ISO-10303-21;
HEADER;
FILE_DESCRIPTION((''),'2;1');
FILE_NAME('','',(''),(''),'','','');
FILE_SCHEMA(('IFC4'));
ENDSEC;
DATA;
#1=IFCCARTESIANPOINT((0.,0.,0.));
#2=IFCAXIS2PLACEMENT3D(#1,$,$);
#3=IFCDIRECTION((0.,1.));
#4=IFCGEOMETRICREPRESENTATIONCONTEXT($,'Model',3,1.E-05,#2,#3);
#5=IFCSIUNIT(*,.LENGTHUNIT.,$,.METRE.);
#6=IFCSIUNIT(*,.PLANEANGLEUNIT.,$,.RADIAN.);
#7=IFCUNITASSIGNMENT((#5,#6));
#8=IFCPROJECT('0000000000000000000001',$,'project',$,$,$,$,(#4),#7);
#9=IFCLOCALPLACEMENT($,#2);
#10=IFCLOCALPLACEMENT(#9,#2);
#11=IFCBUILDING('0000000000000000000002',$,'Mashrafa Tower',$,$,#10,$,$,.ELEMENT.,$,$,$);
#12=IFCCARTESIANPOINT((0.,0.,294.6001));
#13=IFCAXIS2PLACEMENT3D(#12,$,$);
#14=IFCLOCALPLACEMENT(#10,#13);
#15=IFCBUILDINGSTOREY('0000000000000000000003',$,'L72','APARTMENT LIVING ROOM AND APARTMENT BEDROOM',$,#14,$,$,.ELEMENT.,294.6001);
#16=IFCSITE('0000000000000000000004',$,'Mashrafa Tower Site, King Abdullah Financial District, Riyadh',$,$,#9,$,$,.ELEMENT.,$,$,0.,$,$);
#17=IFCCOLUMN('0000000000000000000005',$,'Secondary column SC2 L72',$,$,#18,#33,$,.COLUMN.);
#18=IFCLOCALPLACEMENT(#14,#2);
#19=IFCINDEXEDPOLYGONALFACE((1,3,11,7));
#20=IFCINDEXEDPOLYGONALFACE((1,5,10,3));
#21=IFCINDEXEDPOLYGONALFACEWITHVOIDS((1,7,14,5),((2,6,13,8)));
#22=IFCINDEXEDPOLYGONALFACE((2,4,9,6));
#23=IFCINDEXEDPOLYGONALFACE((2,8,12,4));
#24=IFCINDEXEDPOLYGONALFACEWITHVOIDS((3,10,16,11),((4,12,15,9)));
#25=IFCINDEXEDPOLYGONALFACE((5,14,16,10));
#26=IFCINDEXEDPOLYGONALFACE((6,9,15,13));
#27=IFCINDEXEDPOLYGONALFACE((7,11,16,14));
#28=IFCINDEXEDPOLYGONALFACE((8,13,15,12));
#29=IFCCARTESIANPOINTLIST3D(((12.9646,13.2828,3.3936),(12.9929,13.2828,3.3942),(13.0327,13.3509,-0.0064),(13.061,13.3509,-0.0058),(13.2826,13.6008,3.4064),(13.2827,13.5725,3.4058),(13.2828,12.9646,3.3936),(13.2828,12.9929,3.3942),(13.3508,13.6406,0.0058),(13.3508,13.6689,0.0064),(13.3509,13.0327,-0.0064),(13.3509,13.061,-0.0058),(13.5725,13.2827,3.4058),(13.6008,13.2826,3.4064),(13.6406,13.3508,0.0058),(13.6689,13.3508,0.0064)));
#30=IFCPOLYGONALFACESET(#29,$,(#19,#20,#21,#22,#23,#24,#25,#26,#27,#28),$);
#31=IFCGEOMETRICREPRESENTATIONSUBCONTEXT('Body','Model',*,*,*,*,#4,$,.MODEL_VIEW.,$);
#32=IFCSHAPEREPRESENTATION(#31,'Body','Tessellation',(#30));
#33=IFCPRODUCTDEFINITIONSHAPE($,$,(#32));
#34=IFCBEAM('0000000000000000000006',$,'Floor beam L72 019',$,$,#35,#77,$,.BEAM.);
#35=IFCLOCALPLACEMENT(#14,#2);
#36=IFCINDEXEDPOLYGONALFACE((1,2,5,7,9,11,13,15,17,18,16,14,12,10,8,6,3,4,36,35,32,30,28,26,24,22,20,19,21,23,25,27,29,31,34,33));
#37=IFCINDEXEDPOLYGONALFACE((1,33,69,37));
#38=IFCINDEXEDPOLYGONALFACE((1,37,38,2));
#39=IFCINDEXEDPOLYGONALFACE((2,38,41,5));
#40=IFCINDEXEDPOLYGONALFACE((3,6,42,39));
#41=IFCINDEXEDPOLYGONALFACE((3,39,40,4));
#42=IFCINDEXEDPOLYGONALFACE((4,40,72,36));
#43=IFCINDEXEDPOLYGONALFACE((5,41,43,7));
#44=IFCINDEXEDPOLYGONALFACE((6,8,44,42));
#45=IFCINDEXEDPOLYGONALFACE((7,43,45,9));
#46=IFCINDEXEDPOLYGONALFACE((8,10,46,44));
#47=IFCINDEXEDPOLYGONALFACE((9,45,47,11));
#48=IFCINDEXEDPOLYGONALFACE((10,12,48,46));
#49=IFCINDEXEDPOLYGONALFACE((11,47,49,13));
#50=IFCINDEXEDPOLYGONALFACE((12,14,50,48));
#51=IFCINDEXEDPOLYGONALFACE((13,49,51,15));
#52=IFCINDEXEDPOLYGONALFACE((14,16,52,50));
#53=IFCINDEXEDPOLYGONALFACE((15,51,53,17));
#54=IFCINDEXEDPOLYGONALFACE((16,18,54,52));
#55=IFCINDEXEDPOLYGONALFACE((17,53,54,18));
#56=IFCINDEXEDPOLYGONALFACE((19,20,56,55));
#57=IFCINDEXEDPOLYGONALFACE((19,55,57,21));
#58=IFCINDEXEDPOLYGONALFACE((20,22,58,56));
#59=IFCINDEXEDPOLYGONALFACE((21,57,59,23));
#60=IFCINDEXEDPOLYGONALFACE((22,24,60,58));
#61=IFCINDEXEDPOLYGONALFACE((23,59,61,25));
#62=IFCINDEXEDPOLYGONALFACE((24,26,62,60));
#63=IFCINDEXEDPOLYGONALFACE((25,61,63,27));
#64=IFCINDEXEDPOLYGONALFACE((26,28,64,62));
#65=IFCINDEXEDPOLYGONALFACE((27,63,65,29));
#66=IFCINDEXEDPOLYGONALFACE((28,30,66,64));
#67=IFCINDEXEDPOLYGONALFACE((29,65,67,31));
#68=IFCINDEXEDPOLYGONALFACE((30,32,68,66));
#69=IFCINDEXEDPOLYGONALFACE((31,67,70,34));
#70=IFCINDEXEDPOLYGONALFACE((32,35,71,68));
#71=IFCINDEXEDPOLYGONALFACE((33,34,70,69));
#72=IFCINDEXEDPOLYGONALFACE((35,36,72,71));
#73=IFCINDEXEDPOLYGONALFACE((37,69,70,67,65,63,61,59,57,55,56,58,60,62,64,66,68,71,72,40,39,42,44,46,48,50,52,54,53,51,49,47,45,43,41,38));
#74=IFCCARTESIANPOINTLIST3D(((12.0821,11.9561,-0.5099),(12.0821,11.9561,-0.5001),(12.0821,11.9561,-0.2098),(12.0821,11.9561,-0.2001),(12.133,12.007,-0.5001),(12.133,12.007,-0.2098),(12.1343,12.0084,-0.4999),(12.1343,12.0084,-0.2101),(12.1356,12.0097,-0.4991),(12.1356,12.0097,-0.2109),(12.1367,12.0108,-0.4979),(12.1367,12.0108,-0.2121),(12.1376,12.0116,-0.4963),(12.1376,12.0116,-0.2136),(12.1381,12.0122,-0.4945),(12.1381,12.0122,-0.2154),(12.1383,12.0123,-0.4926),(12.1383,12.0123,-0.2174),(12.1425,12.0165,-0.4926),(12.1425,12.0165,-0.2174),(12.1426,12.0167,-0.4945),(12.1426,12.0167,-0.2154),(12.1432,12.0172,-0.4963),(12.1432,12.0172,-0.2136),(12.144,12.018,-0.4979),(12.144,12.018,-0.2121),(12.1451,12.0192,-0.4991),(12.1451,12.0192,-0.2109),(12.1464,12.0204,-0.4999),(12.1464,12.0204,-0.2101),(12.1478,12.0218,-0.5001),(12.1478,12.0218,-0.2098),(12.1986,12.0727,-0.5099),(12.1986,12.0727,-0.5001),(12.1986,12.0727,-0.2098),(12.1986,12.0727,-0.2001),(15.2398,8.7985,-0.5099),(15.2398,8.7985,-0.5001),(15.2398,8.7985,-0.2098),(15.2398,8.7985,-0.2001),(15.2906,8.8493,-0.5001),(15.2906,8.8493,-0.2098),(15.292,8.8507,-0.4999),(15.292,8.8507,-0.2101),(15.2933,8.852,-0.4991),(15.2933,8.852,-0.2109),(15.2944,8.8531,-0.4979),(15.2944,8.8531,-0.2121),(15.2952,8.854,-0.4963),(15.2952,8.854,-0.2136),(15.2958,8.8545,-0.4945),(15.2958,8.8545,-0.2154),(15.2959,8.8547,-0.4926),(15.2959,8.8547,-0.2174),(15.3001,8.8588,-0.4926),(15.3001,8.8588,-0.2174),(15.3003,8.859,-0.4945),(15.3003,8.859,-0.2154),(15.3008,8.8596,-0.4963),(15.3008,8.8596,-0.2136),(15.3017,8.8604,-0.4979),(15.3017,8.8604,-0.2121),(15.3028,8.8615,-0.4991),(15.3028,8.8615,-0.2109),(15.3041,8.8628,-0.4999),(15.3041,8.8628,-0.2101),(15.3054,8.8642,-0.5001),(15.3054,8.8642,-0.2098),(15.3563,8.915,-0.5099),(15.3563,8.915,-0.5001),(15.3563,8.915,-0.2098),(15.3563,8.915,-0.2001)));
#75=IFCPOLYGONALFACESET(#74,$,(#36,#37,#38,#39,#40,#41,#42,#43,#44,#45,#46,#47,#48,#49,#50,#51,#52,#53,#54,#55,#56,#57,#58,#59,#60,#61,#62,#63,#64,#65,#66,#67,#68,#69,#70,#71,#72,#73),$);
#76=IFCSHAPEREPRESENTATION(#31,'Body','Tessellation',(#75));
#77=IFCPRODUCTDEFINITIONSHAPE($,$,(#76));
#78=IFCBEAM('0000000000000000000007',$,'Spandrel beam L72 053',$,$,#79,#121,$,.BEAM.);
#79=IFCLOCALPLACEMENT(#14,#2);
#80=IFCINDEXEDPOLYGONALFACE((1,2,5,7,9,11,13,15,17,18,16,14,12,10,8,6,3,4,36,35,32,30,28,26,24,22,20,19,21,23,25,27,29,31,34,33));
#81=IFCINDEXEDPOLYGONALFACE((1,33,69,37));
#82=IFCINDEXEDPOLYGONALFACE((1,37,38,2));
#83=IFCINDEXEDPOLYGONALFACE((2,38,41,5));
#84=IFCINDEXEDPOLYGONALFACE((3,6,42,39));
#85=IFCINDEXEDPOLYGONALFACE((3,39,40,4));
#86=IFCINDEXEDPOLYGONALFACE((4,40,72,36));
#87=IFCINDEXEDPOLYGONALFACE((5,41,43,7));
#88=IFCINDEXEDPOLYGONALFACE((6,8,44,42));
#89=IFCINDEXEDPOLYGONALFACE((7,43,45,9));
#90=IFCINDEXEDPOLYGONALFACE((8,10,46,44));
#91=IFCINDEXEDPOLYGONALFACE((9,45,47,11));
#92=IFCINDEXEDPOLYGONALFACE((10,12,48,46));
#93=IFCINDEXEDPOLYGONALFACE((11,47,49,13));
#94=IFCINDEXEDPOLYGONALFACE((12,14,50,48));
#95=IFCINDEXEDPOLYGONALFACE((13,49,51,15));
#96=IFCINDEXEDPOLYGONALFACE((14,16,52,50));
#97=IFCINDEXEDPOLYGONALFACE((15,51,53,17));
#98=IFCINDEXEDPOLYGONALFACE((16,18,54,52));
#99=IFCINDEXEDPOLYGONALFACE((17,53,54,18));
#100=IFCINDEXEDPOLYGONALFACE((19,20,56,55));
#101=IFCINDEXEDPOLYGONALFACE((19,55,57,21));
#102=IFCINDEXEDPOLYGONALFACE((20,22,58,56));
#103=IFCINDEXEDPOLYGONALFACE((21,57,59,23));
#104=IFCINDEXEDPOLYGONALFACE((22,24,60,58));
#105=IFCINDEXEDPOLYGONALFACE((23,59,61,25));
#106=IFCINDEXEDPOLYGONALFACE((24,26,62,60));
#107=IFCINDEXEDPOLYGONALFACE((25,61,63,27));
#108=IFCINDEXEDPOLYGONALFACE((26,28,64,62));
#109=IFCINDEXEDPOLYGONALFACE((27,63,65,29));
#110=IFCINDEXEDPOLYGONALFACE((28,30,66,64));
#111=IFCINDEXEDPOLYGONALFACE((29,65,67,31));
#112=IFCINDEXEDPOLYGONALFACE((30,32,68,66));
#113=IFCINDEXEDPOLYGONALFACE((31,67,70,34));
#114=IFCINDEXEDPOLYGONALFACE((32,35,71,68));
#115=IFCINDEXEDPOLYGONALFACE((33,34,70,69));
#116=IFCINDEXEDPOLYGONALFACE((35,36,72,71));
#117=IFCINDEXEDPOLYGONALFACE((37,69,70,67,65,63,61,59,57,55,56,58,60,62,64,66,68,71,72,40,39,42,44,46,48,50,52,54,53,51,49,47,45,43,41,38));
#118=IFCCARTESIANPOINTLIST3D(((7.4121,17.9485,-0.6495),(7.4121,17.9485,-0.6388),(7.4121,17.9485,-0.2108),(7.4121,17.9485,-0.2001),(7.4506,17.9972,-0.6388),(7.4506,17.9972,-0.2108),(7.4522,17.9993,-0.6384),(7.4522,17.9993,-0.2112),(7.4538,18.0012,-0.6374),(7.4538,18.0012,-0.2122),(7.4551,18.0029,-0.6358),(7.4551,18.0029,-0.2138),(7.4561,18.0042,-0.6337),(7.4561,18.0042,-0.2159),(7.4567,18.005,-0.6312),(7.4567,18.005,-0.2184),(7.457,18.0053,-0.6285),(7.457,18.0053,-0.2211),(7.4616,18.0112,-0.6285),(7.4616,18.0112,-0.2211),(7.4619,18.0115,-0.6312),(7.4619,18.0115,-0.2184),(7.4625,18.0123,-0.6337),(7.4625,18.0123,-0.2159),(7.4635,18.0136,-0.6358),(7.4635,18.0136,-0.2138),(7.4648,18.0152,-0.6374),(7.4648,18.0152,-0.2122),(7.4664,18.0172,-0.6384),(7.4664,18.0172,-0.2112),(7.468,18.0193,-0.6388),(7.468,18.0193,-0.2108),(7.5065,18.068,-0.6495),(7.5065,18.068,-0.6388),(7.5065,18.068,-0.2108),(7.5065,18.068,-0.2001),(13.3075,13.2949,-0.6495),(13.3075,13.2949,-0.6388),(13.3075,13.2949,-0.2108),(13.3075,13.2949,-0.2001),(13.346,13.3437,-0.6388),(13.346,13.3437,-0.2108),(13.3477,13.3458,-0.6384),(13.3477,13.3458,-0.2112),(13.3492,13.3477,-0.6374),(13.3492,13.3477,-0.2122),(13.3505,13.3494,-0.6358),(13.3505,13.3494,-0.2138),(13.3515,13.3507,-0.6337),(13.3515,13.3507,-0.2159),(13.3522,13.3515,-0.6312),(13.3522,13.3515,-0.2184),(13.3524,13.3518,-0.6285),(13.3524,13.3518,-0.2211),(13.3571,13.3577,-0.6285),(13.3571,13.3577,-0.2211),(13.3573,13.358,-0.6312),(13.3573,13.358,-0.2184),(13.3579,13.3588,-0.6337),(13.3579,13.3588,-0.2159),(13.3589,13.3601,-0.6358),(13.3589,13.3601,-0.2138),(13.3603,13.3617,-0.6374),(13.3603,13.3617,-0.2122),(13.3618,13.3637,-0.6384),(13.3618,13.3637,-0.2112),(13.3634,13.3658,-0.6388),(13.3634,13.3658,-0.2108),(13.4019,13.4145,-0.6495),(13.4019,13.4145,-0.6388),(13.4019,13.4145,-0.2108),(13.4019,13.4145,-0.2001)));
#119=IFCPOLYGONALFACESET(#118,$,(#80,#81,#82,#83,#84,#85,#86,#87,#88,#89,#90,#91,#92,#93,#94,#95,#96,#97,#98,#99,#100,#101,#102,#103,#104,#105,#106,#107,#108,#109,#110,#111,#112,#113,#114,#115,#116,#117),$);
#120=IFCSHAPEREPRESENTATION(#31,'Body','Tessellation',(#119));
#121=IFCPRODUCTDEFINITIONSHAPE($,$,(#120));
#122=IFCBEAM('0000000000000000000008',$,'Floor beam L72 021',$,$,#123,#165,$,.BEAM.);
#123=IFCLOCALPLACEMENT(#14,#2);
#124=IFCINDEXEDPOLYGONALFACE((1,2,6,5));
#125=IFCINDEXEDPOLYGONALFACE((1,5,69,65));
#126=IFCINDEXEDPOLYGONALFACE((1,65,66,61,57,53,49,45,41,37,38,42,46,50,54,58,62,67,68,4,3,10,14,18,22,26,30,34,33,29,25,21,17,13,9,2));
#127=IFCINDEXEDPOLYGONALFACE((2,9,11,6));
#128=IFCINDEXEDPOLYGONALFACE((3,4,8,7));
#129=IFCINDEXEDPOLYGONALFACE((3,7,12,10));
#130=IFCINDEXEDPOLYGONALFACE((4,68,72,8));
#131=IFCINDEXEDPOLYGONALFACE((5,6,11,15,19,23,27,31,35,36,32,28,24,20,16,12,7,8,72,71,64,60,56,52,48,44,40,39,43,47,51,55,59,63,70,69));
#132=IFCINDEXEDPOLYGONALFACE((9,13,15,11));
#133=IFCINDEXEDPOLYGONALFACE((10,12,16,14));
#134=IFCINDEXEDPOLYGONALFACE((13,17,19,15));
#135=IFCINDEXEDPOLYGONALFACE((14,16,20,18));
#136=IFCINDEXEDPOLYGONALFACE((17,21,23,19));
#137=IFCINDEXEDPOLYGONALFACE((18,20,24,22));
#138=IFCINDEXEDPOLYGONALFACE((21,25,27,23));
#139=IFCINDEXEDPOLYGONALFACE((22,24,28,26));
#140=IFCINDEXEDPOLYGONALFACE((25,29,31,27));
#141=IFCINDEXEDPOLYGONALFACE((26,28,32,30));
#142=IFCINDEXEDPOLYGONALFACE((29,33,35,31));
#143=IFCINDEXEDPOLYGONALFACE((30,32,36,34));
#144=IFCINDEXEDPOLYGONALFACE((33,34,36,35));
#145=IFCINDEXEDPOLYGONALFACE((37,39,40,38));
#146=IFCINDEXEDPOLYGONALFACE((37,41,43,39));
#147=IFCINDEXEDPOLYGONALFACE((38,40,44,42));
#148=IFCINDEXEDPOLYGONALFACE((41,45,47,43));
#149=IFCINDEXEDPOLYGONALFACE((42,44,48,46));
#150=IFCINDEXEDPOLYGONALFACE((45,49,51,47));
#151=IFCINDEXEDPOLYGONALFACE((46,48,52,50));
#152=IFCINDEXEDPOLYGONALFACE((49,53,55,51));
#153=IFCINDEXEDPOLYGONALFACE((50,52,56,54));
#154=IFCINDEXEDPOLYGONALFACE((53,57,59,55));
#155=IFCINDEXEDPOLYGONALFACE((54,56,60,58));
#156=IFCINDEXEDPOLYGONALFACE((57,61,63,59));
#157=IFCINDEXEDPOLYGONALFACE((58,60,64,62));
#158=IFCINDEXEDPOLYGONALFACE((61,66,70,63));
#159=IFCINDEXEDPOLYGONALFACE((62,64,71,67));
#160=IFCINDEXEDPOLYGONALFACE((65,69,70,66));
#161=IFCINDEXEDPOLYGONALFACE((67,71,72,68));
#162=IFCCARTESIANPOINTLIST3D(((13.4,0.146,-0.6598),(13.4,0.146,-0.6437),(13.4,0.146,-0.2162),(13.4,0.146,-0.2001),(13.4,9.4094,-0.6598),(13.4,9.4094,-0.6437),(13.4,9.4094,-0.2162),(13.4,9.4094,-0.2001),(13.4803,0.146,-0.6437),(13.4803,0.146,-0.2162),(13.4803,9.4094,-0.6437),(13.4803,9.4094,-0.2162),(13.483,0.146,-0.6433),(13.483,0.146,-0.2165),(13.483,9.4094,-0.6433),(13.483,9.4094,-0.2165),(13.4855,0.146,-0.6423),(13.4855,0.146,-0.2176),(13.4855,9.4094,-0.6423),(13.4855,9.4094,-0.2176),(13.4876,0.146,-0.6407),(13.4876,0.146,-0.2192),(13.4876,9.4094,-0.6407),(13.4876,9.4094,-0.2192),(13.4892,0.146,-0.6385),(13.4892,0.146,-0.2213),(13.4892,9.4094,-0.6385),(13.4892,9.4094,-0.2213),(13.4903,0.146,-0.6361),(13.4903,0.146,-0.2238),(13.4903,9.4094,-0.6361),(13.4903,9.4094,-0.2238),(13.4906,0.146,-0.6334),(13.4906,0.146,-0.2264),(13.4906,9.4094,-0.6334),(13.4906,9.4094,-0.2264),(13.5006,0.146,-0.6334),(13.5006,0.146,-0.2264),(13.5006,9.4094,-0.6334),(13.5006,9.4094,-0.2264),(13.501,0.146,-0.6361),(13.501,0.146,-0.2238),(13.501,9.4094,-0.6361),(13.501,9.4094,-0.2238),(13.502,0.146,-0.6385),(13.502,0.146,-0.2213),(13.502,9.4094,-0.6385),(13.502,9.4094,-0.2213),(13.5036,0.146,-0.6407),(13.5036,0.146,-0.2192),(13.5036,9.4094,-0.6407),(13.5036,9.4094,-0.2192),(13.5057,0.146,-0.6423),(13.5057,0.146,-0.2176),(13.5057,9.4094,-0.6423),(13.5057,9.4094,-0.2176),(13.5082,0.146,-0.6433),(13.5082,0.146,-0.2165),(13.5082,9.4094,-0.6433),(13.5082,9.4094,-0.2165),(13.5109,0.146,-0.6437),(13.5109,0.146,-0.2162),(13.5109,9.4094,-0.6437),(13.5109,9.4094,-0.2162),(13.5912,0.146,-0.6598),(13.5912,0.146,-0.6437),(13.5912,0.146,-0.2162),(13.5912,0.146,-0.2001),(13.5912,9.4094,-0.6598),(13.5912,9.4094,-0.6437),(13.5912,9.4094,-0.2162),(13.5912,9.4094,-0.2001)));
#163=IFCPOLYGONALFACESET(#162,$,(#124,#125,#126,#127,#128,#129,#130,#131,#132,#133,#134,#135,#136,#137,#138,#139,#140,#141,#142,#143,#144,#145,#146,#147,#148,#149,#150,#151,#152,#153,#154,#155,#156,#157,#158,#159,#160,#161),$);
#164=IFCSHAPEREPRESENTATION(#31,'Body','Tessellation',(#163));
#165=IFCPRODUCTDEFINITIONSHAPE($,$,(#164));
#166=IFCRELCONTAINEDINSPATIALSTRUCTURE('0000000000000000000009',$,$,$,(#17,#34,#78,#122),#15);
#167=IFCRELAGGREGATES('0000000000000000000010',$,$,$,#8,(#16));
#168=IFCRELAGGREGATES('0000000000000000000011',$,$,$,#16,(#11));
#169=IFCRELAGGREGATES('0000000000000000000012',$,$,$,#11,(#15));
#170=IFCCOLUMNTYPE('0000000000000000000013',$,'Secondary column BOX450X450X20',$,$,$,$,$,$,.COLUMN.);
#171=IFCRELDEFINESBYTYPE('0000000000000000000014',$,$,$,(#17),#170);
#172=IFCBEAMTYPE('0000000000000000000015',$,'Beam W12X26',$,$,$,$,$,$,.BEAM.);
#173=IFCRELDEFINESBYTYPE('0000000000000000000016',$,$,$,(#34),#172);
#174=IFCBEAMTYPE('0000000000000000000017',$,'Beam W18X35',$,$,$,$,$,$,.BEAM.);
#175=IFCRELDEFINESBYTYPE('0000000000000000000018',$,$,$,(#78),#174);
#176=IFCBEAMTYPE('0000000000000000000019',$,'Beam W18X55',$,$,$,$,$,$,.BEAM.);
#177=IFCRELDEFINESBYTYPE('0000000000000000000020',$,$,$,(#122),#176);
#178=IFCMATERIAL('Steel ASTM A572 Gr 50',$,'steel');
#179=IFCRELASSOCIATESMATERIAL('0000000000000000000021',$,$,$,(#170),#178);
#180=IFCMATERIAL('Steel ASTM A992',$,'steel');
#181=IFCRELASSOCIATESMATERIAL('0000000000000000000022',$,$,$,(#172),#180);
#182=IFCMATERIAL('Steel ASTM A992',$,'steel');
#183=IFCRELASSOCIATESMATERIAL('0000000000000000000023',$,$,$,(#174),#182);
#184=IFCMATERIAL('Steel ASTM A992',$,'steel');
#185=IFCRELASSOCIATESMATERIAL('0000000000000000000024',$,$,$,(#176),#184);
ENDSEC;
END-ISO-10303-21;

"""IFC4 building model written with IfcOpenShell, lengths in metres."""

from ifc_helpers import new_model, si_unit, direction, frame, origin, origin_2d, place, context, subcontext, project, spatial, hollow_rectangle, i_section, extrude, material, material_profile, profile_set, type_object, element, save


model = new_model("IFC4")

# Units and contexts
model_context = context("Model", 3, precision=1e-05, world=origin(), true_north=direction((0.0, 1.0)))
body_context = subcontext(model_context, "Body", "Model", "MODEL_VIEW")
ifc_project = project(units=[si_unit("LENGTHUNIT", "METRE"), si_unit("PLANEANGLEUNIT", "RADIAN")], contexts=[model_context])

# Site, building, storey
site_placement = place(None, origin())
site = spatial("IfcSite", under=ifc_project, at=site_placement, Name="Mashrafa Tower Site, King Abdullah Financial District, Riyadh", CompositionType="ELEMENT", RefElevation=0.0)
building_placement = place(site_placement, origin())
building = spatial("IfcBuilding", under=site, at=building_placement, Name="Mashrafa Tower", CompositionType="ELEMENT")
storey_placement = place(building_placement, frame((0.0, 0.0, 294.6001)))
storey = spatial("IfcBuildingStorey", under=building, at=storey_placement, Name="L72", Description="APARTMENT LIVING ROOM AND APARTMENT BEDROOM", CompositionType="ELEMENT", Elevation=294.6001)

# Column
ifc_material_1 = material(Name="Steel ASTM A572 Gr 50", Category="steel")
ifc_material_profile_1 = material_profile(ifc_material_1, hollow_rectangle(XDim=0.45, YDim=0.45, WallThickness=0.02, at=origin_2d()), Name="BOX450X450X20")
ifc_profile_set_1 = profile_set([ifc_material_profile_1], Name="Steel ASTM A572 Gr 50")
column_type = type_object("IfcColumnType", Name="Secondary column BOX450X450X20", PredefinedType="COLUMN", material=ifc_profile_set_1)
column_placement = place(storey_placement, frame((13.3508, 13.3508, 0.0), z_axis=(-0.020026, -0.020026, 0.999599), x_axis=(0.707107, -0.707107, 0.0)))
element("IfcColumn", 1, at=column_placement, inside=storey, type_object=column_type, Name="Secondary column SC2 L72", PredefinedType="COLUMN", context=body_context, shape_type="SweptSolid", body=[
    extrude(hollow_rectangle(XDim=0.45, YDim=0.45, WallThickness=0.02, at=origin_2d()), origin(), (0.0, 0.0, 1.0), 3.4014),
])

# Beams
ifc_material_2 = material(Name="Steel ASTM A992", Category="steel")
ifc_material_profile_2 = material_profile(ifc_material_2, i_section(OverallWidth=0.1648, OverallDepth=0.3098, WebThickness=0.0059, FlangeThickness=0.0098, FilletRadius=0.0076, at=origin_2d()), Name="W12X26")
ifc_profile_set_2 = profile_set([ifc_material_profile_2], Name="Steel ASTM A992")
beam_type_1 = type_object("IfcBeamType", Name="Beam W12X26", PredefinedType="BEAM", material=ifc_profile_set_2)
beam_1_placement = place(storey_placement, frame((12.1404, 12.0144, -0.355), z_axis=(0.707107, -0.707107, 0.0), x_axis=(0.707107, 0.707107, 0.0)))
element("IfcBeam", 2, at=beam_1_placement, inside=storey, type_object=beam_type_1, Name="Floor beam L72 019", PredefinedType="BEAM", context=body_context, shape_type="SweptSolid", body=[
    extrude(i_section(OverallWidth=0.1648, OverallDepth=0.3098, WebThickness=0.0059, FlangeThickness=0.0098, FilletRadius=0.0076, at=origin_2d()), origin(), (0.0, 0.0, 1.0), 4.4656),
])
ifc_material_3 = material(Name="Steel ASTM A992", Category="steel")
ifc_material_profile_3 = material_profile(ifc_material_3, i_section(OverallWidth=0.1523, OverallDepth=0.4495, WebThickness=0.0076, FlangeThickness=0.0107, FilletRadius=0.0103, at=origin_2d()), Name="W18X35")
ifc_profile_set_3 = profile_set([ifc_material_profile_3], Name="Steel ASTM A992")
beam_type_2 = type_object("IfcBeamType", Name="Beam W18X35", PredefinedType="BEAM", material=ifc_profile_set_3)
beam_2_placement = place(storey_placement, frame((13.3547, 13.3547, -0.4248), z_axis=(-0.784934, 0.61958, 0.0), x_axis=(-0.61958, -0.784934, 0.0)))
element("IfcBeam", 3, at=beam_2_placement, inside=storey, type_object=beam_type_2, Name="Spandrel beam L72 053", PredefinedType="BEAM", context=body_context, shape_type="SweptSolid", body=[
    extrude(i_section(OverallWidth=0.1523, OverallDepth=0.4495, WebThickness=0.0076, FlangeThickness=0.0107, FilletRadius=0.0103, at=origin_2d()), origin(), (0.0, 0.0, 1.0), 7.5107),
])
ifc_material_4 = material(Name="Steel ASTM A992", Category="steel")
ifc_material_profile_4 = material_profile(ifc_material_4, i_section(OverallWidth=0.1912, OverallDepth=0.4597, WebThickness=0.01, FlangeThickness=0.0161, FilletRadius=0.0103, at=origin_2d()), Name="W18X55")
ifc_profile_set_4 = profile_set([ifc_material_profile_4], Name="Steel ASTM A992")
beam_type_3 = type_object("IfcBeamType", Name="Beam W18X55", PredefinedType="BEAM", material=ifc_profile_set_4)
beam_3_placement = place(storey_placement, frame((13.4956, 9.4094, -0.4299), z_axis=(0.0, -1.0, 0.0), x_axis=(1.0, 0.0, 0.0)))
element("IfcBeam", 4, at=beam_3_placement, inside=storey, type_object=beam_type_3, Name="Floor beam L72 021", PredefinedType="BEAM", context=body_context, shape_type="SweptSolid", body=[
    extrude(i_section(OverallWidth=0.1912, OverallDepth=0.4597, WebThickness=0.01, FlangeThickness=0.0161, FilletRadius=0.0103, at=origin_2d()), origin(), (0.0, 0.0, 1.0), 9.2634),
])

save(model, "model.ifc")
